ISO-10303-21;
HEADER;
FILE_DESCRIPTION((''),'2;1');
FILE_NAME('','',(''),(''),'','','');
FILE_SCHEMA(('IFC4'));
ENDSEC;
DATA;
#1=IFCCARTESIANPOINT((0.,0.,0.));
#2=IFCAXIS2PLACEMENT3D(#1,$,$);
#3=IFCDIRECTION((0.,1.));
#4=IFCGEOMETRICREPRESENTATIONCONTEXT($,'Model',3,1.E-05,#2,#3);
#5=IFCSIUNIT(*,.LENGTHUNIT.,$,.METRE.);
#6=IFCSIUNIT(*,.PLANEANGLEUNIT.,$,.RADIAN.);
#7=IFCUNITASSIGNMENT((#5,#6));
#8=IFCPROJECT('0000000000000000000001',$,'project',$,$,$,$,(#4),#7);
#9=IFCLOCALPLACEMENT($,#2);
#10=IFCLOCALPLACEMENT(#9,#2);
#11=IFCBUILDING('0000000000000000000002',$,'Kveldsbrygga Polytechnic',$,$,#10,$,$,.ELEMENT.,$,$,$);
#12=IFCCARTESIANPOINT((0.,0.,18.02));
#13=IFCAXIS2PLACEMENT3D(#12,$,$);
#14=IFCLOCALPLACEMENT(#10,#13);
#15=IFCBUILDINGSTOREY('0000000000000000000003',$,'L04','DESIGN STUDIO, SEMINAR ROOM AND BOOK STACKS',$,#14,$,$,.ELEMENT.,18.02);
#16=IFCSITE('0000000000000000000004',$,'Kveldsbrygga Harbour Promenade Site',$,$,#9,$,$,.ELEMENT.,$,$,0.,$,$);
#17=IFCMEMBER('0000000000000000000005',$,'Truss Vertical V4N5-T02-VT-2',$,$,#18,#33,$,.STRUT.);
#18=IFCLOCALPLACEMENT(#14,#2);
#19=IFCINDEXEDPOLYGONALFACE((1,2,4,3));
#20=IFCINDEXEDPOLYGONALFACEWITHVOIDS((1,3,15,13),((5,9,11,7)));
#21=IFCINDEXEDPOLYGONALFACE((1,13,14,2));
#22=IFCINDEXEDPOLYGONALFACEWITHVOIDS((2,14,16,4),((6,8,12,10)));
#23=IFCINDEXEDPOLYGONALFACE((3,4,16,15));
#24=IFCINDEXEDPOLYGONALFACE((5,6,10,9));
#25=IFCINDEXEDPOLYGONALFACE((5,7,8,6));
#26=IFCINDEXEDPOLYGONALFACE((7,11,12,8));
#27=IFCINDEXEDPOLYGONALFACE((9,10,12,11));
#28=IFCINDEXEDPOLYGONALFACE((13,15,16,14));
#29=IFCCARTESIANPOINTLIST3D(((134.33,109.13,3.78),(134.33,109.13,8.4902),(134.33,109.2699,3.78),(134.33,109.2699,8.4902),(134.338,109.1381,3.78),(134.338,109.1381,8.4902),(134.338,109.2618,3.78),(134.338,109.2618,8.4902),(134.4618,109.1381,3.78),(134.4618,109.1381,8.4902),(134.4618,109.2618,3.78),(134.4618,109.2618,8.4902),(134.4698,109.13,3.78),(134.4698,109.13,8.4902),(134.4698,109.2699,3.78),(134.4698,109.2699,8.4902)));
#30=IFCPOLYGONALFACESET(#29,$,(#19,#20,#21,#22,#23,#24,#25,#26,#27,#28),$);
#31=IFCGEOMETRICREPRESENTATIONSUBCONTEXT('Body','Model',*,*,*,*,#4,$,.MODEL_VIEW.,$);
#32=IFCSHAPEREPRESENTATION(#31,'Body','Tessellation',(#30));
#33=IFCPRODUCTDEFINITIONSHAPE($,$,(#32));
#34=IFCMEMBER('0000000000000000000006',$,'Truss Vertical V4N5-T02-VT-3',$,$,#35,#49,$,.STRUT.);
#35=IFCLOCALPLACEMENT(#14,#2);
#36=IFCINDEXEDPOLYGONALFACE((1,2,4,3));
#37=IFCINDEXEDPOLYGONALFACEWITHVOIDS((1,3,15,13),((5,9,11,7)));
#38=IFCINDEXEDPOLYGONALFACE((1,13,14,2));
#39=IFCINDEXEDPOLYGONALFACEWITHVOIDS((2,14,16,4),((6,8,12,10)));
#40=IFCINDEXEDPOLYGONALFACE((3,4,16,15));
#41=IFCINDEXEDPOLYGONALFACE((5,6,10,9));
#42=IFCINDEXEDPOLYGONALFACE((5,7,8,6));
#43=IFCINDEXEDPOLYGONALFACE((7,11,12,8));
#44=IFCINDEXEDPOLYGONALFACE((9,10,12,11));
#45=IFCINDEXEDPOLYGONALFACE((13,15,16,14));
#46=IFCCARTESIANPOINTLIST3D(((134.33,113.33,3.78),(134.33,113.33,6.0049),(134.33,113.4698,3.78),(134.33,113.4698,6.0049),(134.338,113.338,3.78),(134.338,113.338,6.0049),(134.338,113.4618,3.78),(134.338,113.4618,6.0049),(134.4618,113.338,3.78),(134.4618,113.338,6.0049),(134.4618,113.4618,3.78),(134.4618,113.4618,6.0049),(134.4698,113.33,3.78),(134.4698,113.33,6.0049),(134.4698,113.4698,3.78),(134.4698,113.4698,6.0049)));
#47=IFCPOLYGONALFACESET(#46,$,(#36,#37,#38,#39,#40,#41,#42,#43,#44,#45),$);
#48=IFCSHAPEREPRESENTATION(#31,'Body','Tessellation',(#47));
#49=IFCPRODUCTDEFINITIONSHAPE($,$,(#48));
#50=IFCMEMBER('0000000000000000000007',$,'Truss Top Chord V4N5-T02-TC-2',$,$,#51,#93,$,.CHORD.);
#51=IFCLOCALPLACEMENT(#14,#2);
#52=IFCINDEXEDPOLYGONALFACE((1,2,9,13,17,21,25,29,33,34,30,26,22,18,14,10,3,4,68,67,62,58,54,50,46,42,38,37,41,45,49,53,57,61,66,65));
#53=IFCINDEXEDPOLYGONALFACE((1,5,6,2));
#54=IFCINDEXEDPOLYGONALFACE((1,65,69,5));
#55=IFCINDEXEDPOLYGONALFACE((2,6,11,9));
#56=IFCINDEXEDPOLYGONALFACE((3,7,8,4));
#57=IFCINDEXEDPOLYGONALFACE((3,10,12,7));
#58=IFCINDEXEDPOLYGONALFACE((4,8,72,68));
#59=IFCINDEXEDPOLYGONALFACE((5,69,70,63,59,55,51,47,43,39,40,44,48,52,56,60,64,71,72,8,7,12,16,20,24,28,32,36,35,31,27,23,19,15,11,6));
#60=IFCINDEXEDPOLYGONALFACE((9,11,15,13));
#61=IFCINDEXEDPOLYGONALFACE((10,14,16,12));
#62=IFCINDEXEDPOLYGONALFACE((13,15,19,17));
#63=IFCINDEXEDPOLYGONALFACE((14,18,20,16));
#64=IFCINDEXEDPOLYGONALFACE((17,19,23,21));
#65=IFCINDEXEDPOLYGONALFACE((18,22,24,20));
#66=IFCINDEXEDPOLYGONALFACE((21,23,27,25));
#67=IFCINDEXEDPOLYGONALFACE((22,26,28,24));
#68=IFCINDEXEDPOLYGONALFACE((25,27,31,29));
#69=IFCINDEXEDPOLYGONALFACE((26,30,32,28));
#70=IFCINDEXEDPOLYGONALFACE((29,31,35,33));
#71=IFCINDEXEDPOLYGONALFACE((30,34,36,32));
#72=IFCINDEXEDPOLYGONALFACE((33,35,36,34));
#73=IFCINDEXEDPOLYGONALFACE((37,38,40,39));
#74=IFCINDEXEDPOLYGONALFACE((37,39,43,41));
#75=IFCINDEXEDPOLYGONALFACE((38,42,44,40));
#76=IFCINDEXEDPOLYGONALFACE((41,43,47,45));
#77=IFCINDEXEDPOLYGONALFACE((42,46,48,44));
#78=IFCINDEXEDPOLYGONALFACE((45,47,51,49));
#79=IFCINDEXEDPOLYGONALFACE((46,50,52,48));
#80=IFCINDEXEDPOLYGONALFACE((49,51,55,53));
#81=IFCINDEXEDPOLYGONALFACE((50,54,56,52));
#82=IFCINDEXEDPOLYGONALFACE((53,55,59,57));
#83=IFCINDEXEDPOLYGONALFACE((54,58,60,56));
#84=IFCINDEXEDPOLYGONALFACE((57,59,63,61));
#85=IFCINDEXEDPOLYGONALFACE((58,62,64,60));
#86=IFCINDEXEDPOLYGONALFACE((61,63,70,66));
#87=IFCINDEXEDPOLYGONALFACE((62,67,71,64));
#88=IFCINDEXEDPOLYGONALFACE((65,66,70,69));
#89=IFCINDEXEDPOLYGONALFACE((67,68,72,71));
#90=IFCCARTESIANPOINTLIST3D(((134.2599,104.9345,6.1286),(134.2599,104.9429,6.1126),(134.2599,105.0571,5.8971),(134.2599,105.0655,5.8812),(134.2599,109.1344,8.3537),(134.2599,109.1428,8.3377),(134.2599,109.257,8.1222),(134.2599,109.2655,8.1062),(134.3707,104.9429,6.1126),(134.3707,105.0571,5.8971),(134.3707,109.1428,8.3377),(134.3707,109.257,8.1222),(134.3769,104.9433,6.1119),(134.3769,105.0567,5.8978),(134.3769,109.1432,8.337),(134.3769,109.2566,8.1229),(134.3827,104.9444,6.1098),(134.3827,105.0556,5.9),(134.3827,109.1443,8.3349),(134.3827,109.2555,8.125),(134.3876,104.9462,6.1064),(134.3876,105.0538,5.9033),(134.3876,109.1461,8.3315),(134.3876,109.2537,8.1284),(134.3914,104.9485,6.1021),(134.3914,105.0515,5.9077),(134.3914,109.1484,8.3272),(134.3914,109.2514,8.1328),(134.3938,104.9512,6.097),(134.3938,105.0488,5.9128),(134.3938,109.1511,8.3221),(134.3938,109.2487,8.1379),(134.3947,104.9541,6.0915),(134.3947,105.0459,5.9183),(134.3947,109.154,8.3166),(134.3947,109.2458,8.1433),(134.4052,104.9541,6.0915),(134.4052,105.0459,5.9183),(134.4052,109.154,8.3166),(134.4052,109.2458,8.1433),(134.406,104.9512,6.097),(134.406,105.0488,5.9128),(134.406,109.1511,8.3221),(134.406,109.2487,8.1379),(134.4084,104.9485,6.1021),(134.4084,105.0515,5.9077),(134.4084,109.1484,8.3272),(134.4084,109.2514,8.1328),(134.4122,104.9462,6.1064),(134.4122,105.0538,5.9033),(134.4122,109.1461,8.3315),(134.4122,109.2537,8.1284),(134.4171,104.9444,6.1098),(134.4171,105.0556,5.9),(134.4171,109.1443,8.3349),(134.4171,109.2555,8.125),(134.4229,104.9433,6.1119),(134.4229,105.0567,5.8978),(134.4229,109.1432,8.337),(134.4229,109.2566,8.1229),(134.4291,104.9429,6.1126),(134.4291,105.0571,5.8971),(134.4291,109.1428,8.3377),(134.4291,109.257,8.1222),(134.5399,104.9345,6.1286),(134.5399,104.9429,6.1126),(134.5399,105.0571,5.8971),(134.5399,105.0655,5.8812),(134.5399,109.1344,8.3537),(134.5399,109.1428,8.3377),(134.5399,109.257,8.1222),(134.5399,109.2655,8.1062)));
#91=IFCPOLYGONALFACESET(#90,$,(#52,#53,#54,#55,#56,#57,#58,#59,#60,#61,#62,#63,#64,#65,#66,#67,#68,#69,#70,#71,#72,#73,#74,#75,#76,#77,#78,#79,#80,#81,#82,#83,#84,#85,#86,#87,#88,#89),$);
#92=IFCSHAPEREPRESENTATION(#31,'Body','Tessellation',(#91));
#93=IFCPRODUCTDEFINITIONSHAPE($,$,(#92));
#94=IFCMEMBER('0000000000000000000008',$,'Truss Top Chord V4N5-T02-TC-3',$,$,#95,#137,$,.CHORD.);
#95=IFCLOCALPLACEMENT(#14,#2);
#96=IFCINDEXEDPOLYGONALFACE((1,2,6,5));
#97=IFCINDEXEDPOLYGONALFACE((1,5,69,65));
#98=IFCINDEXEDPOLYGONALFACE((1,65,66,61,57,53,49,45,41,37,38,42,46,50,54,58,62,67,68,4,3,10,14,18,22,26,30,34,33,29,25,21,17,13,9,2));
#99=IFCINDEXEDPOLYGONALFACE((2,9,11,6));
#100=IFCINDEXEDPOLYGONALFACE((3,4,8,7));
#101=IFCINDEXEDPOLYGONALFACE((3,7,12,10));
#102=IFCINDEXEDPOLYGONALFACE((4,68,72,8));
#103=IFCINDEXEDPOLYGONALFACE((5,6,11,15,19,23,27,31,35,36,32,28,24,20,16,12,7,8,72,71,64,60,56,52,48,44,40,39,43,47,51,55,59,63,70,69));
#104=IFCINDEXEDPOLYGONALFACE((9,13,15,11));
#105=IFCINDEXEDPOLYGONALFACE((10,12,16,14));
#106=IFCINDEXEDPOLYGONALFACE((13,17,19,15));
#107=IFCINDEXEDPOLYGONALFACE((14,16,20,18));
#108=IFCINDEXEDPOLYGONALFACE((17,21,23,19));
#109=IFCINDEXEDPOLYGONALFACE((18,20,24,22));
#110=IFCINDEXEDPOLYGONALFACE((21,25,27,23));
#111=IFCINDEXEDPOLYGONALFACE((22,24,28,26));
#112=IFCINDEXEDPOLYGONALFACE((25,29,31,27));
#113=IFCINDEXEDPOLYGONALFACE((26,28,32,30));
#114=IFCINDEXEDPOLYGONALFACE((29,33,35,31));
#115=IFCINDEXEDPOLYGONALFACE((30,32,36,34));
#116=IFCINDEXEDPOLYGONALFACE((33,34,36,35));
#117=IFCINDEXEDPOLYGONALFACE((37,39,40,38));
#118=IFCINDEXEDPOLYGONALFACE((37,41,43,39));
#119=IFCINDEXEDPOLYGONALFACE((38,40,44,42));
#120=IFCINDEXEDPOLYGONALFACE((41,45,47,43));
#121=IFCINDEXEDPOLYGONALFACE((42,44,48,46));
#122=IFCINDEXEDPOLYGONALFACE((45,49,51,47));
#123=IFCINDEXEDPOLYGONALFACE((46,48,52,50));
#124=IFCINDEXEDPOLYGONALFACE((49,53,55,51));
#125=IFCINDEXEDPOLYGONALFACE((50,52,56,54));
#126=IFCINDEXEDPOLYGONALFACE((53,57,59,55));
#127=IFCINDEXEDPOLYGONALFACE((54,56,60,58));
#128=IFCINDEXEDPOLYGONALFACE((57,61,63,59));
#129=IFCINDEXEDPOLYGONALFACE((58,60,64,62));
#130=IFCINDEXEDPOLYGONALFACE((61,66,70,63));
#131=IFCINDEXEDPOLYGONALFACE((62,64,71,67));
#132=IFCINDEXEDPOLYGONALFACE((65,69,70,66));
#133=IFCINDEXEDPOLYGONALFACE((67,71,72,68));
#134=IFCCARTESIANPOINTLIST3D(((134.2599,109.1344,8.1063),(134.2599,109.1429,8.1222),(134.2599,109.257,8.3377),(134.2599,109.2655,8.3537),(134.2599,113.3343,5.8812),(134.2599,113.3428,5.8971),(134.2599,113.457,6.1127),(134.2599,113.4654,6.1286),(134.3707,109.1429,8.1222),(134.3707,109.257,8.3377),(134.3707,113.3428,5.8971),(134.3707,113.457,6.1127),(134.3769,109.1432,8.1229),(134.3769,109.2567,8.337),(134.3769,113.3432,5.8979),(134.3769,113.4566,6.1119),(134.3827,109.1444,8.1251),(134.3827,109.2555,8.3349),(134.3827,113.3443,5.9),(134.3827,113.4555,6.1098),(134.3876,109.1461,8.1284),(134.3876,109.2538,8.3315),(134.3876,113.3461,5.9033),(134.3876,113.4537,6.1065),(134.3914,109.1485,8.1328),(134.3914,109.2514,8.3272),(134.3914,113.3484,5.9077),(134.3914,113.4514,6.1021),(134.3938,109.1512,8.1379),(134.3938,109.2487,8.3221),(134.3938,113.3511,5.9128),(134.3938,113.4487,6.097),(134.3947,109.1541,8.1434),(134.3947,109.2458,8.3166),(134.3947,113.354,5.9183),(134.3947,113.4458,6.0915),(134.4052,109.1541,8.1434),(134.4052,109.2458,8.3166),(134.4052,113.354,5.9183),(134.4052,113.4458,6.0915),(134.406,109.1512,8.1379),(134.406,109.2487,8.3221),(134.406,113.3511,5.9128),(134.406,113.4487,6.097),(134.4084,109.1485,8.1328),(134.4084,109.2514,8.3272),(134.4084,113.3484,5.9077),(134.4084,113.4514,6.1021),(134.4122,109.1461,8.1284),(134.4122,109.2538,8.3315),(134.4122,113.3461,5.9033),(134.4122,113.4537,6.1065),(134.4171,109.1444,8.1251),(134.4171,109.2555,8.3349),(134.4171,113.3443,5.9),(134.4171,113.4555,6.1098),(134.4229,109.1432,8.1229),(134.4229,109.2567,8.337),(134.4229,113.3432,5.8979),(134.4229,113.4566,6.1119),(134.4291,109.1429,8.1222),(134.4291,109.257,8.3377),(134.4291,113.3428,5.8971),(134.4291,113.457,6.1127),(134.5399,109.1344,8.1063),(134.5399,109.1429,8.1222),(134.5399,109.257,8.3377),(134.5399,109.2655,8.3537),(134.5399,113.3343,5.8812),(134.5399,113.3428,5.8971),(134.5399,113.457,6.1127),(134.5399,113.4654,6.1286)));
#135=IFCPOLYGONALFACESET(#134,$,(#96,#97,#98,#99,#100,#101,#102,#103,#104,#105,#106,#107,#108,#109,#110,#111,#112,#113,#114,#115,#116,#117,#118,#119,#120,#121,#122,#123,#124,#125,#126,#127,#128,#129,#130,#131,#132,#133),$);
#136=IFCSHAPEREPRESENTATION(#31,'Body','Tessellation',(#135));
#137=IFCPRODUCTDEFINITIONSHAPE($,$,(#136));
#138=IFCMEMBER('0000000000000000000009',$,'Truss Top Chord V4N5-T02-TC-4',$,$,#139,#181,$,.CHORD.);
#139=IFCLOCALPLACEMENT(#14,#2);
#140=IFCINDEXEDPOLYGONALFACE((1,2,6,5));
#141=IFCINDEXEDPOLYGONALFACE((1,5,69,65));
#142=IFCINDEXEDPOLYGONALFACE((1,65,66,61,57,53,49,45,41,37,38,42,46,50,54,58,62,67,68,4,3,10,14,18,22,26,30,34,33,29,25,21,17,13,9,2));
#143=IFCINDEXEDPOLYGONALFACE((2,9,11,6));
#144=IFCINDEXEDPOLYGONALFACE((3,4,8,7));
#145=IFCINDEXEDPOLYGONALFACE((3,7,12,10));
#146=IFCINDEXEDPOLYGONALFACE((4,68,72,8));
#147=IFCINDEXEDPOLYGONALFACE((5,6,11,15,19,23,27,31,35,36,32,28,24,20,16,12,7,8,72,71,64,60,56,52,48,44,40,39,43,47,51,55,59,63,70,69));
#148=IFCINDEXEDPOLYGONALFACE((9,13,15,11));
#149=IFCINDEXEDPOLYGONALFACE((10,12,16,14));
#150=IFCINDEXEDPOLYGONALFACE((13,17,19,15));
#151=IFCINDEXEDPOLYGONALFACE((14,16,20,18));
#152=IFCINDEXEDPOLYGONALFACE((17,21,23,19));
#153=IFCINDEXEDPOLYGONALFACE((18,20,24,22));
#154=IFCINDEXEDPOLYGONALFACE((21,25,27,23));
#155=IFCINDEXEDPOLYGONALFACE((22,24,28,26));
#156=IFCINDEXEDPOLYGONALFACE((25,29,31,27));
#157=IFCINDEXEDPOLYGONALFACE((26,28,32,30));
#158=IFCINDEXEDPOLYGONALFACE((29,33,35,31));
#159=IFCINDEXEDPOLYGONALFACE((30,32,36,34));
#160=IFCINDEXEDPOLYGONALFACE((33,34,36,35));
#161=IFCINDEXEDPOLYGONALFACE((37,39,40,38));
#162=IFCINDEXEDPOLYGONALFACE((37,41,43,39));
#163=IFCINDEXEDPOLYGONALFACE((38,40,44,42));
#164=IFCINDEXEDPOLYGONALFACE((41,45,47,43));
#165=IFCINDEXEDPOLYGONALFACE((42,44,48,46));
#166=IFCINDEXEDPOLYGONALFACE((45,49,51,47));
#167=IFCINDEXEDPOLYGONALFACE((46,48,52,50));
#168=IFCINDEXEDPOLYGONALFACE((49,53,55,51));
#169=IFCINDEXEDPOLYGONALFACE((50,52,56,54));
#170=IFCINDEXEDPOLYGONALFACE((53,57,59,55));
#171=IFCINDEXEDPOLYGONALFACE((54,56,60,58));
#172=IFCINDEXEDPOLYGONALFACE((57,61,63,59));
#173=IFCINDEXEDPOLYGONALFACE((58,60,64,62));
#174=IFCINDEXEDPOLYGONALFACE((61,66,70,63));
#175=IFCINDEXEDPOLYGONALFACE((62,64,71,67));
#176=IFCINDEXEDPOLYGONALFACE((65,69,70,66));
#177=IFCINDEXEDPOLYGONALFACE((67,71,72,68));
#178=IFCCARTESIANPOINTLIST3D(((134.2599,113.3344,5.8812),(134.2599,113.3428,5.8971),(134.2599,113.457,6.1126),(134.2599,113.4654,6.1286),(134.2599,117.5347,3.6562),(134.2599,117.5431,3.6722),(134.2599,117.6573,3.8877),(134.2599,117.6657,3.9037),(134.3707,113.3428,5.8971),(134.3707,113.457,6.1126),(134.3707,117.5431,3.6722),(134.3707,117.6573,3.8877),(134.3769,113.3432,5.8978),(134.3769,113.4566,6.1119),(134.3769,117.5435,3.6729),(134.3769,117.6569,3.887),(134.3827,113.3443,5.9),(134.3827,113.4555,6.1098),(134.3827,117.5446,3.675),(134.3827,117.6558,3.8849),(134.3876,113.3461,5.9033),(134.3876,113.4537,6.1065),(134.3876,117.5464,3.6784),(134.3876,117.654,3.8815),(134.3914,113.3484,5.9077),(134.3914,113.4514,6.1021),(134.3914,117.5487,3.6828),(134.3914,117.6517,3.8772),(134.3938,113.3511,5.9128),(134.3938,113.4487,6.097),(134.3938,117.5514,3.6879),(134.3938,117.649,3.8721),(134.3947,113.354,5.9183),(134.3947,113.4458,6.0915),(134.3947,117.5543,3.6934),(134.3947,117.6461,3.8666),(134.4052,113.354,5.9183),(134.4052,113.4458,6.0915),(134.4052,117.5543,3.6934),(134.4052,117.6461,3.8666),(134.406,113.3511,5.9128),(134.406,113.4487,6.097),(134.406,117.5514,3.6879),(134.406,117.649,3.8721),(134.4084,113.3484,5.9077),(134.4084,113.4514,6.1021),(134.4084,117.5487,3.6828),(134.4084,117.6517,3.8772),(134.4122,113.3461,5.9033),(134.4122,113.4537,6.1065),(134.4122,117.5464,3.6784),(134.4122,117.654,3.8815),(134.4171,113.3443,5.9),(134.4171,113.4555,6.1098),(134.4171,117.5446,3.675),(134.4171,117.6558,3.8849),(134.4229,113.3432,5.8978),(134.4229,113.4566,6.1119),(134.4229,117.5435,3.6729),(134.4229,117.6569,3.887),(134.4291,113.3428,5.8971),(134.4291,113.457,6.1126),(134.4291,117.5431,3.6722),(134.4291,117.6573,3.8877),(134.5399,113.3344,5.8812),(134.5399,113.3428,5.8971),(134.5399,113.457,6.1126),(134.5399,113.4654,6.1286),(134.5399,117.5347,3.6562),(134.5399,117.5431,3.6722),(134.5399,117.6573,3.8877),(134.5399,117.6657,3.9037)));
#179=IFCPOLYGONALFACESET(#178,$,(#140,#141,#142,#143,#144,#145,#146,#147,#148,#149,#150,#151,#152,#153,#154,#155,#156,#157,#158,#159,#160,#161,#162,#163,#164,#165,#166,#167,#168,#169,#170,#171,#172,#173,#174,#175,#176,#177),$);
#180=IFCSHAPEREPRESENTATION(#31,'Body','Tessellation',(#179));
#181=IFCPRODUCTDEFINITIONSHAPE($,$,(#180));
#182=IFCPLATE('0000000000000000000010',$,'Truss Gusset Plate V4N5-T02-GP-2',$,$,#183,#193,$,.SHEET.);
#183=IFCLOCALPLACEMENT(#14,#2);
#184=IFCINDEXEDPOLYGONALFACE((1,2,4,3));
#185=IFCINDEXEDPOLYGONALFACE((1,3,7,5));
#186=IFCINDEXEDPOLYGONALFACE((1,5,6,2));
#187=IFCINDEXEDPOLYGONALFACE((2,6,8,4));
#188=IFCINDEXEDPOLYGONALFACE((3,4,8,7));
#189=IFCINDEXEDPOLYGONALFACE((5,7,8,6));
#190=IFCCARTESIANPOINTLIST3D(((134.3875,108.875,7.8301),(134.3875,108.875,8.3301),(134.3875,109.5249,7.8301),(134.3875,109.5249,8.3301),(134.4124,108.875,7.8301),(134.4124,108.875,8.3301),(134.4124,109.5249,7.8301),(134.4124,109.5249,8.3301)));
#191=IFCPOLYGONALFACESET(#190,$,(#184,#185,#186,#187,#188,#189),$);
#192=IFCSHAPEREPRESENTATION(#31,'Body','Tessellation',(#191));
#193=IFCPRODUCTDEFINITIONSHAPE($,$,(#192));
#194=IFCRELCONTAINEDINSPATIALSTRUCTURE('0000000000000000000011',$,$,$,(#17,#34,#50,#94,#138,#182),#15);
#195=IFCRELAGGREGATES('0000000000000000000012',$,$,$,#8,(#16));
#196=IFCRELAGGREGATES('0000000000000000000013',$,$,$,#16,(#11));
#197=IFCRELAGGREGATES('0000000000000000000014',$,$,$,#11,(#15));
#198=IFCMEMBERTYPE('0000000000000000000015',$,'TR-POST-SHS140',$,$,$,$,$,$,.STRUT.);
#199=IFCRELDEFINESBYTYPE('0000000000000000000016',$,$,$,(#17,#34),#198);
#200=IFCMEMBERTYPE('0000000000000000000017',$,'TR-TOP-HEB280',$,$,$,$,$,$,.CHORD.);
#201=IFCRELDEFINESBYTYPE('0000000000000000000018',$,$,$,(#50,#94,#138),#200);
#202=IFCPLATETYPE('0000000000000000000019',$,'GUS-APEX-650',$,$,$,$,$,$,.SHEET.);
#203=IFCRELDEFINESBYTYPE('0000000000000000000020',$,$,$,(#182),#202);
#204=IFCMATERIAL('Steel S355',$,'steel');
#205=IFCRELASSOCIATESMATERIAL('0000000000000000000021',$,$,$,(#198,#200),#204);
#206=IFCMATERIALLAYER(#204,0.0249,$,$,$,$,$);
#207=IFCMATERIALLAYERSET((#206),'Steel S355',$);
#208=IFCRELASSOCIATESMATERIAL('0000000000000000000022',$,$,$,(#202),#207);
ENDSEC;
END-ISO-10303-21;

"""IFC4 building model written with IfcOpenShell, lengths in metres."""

from ifc_helpers import new_model, si_unit, direction, frame, origin, origin_2d, place, context, subcontext, project, spatial, rectangle, hollow_rectangle, i_section, extrude, material, layer, layer_set, material_profile, profile_set, type_object, element, save


model = new_model("IFC4")

# Units and contexts
model_context = context("Model", 3, precision=1e-05, world=origin(), true_north=direction((0.0, 1.0)))
body_context = subcontext(model_context, "Body", "Model", "MODEL_VIEW")
ifc_project = project(units=[si_unit("LENGTHUNIT", "METRE"), si_unit("PLANEANGLEUNIT", "RADIAN")], contexts=[model_context])

# Site, building, storey
site_placement = place(None, origin())
site = spatial("IfcSite", under=ifc_project, at=site_placement, Name="Kveldsbrygga Harbour Promenade Site", CompositionType="ELEMENT", RefElevation=0.0)
building_placement = place(site_placement, origin())
building = spatial("IfcBuilding", under=site, at=building_placement, Name="Kveldsbrygga Polytechnic", CompositionType="ELEMENT")
storey_placement = place(building_placement, frame((0.0, 0.0, 18.02)))
storey = spatial("IfcBuildingStorey", under=building, at=storey_placement, Name="L04", Description="DESIGN STUDIO, SEMINAR ROOM AND BOOK STACKS", CompositionType="ELEMENT", Elevation=18.02)

# Members
ifc_material_1 = material(Name="Steel S355", Category="steel")
ifc_material_profile_1 = material_profile(ifc_material_1, hollow_rectangle(XDim=0.1399, YDim=0.1399, WallThickness=0.0081, at=origin_2d()), Name="SHS 140x140x8.0")
ifc_profile_set_1 = profile_set([ifc_material_profile_1], Name="Steel S355")
member_type_1 = type_object("IfcMemberType", Name="TR-POST-SHS140", PredefinedType="STRUT", material=ifc_profile_set_1)
member_1_placement = place(storey_placement, frame((134.3999, 109.2, 3.78), z_axis=(0.0, 0.0, 1.0), x_axis=(1.0, 0.0, 0.0)))
element("IfcMember", 1, at=member_1_placement, inside=storey, type_object=member_type_1, Name="Truss Vertical V4N5-T02-VT-2", PredefinedType="STRUT", context=body_context, shape_type="SweptSolid", body=[
    extrude(hollow_rectangle(XDim=0.1399, YDim=0.1399, WallThickness=0.0081, at=origin_2d()), origin(), (0.0, 0.0, 1.0), 4.7102),
])
member_2_placement = place(storey_placement, frame((134.3999, 113.3999, 3.78), z_axis=(0.0, 0.0, 1.0), x_axis=(1.0, 0.0, 0.0)))
element("IfcMember", 2, at=member_2_placement, inside=storey, type_object=member_type_1, Name="Truss Vertical V4N5-T02-VT-3", PredefinedType="STRUT", context=body_context, shape_type="SweptSolid", body=[
    extrude(hollow_rectangle(XDim=0.1399, YDim=0.1399, WallThickness=0.0081, at=origin_2d()), origin(), (0.0, 0.0, 1.0), 2.2249),
])
ifc_material_profile_2 = material_profile(ifc_material_1, i_section(OverallWidth=0.28, OverallDepth=0.28, WebThickness=0.0105, FlangeThickness=0.0181, FilletRadius=0.0239, at=origin_2d()), Name="HEB 280")
ifc_profile_set_2 = profile_set([ifc_material_profile_2], Name="Steel S355")
member_type_2 = type_object("IfcMemberType", Name="TR-TOP-HEB280", PredefinedType="CHORD", material=ifc_profile_set_2)
for number, where, z_axis, x_axis, name in (
    (3, (134.3999, 105.0, 6.0049), (0.0, 0.883649, 0.46815), (-1.0, 0.0, 0.0), "Truss Top Chord V4N5-T02-TC-2"),
    (4, (134.3999, 109.2, 8.23), (0.0, 0.883649, -0.46815), (-1.0, 0.0, 0.0), "Truss Top Chord V4N5-T02-TC-3"),
):
    element("IfcMember", number, at=place(storey_placement, frame(where, z_axis=z_axis, x_axis=x_axis)), inside=storey, type_object=member_type_2, Name=name, PredefinedType="CHORD", context=body_context, shape_type="SweptSolid", body=[
        extrude(i_section(OverallWidth=0.28, OverallDepth=0.28, WebThickness=0.0105, FlangeThickness=0.0181, FilletRadius=0.0239, at=origin_2d()), origin(), (0.0, 0.0, 1.0), 4.7529),
    ])
member_3_placement = place(storey_placement, frame((134.3999, 113.3999, 6.0049), z_axis=(0.0, 0.883682, -0.468088), x_axis=(-1.0, 0.0, 0.0)))
element("IfcMember", 5, at=member_3_placement, inside=storey, type_object=member_type_2, Name="Truss Top Chord V4N5-T02-TC-4", PredefinedType="CHORD", context=body_context, shape_type="SweptSolid", body=[
    extrude(i_section(OverallWidth=0.28, OverallDepth=0.28, WebThickness=0.0105, FlangeThickness=0.0181, FilletRadius=0.0239, at=origin_2d()), origin(), (0.0, 0.0, 1.0), 4.7532),
])

# Plate
ifc_layer_1 = layer(ifc_material_1, 0.0249)
ifc_layer_set_1 = layer_set([ifc_layer_1], Name="Steel S355")
plate_type_1 = type_object("IfcPlateType", Name="GUS-APEX-650", PredefinedType="SHEET", material=ifc_layer_set_1)
plate_1_placement = place(storey_placement, frame((134.3999, 109.2, 7.8301), z_axis=(0.0, 0.0, 1.0), x_axis=(1.0, 0.0, 0.0)))
element("IfcPlate", 6, at=plate_1_placement, inside=storey, type_object=plate_type_1, Name="Truss Gusset Plate V4N5-T02-GP-2", PredefinedType="SHEET", context=body_context, shape_type="SweptSolid", body=[
    extrude(rectangle(XDim=0.0249, YDim=0.6499, at=origin_2d()), origin(), (0.0, 0.0, 1.0), 0.5),
])

save(model, "model.ifc")
